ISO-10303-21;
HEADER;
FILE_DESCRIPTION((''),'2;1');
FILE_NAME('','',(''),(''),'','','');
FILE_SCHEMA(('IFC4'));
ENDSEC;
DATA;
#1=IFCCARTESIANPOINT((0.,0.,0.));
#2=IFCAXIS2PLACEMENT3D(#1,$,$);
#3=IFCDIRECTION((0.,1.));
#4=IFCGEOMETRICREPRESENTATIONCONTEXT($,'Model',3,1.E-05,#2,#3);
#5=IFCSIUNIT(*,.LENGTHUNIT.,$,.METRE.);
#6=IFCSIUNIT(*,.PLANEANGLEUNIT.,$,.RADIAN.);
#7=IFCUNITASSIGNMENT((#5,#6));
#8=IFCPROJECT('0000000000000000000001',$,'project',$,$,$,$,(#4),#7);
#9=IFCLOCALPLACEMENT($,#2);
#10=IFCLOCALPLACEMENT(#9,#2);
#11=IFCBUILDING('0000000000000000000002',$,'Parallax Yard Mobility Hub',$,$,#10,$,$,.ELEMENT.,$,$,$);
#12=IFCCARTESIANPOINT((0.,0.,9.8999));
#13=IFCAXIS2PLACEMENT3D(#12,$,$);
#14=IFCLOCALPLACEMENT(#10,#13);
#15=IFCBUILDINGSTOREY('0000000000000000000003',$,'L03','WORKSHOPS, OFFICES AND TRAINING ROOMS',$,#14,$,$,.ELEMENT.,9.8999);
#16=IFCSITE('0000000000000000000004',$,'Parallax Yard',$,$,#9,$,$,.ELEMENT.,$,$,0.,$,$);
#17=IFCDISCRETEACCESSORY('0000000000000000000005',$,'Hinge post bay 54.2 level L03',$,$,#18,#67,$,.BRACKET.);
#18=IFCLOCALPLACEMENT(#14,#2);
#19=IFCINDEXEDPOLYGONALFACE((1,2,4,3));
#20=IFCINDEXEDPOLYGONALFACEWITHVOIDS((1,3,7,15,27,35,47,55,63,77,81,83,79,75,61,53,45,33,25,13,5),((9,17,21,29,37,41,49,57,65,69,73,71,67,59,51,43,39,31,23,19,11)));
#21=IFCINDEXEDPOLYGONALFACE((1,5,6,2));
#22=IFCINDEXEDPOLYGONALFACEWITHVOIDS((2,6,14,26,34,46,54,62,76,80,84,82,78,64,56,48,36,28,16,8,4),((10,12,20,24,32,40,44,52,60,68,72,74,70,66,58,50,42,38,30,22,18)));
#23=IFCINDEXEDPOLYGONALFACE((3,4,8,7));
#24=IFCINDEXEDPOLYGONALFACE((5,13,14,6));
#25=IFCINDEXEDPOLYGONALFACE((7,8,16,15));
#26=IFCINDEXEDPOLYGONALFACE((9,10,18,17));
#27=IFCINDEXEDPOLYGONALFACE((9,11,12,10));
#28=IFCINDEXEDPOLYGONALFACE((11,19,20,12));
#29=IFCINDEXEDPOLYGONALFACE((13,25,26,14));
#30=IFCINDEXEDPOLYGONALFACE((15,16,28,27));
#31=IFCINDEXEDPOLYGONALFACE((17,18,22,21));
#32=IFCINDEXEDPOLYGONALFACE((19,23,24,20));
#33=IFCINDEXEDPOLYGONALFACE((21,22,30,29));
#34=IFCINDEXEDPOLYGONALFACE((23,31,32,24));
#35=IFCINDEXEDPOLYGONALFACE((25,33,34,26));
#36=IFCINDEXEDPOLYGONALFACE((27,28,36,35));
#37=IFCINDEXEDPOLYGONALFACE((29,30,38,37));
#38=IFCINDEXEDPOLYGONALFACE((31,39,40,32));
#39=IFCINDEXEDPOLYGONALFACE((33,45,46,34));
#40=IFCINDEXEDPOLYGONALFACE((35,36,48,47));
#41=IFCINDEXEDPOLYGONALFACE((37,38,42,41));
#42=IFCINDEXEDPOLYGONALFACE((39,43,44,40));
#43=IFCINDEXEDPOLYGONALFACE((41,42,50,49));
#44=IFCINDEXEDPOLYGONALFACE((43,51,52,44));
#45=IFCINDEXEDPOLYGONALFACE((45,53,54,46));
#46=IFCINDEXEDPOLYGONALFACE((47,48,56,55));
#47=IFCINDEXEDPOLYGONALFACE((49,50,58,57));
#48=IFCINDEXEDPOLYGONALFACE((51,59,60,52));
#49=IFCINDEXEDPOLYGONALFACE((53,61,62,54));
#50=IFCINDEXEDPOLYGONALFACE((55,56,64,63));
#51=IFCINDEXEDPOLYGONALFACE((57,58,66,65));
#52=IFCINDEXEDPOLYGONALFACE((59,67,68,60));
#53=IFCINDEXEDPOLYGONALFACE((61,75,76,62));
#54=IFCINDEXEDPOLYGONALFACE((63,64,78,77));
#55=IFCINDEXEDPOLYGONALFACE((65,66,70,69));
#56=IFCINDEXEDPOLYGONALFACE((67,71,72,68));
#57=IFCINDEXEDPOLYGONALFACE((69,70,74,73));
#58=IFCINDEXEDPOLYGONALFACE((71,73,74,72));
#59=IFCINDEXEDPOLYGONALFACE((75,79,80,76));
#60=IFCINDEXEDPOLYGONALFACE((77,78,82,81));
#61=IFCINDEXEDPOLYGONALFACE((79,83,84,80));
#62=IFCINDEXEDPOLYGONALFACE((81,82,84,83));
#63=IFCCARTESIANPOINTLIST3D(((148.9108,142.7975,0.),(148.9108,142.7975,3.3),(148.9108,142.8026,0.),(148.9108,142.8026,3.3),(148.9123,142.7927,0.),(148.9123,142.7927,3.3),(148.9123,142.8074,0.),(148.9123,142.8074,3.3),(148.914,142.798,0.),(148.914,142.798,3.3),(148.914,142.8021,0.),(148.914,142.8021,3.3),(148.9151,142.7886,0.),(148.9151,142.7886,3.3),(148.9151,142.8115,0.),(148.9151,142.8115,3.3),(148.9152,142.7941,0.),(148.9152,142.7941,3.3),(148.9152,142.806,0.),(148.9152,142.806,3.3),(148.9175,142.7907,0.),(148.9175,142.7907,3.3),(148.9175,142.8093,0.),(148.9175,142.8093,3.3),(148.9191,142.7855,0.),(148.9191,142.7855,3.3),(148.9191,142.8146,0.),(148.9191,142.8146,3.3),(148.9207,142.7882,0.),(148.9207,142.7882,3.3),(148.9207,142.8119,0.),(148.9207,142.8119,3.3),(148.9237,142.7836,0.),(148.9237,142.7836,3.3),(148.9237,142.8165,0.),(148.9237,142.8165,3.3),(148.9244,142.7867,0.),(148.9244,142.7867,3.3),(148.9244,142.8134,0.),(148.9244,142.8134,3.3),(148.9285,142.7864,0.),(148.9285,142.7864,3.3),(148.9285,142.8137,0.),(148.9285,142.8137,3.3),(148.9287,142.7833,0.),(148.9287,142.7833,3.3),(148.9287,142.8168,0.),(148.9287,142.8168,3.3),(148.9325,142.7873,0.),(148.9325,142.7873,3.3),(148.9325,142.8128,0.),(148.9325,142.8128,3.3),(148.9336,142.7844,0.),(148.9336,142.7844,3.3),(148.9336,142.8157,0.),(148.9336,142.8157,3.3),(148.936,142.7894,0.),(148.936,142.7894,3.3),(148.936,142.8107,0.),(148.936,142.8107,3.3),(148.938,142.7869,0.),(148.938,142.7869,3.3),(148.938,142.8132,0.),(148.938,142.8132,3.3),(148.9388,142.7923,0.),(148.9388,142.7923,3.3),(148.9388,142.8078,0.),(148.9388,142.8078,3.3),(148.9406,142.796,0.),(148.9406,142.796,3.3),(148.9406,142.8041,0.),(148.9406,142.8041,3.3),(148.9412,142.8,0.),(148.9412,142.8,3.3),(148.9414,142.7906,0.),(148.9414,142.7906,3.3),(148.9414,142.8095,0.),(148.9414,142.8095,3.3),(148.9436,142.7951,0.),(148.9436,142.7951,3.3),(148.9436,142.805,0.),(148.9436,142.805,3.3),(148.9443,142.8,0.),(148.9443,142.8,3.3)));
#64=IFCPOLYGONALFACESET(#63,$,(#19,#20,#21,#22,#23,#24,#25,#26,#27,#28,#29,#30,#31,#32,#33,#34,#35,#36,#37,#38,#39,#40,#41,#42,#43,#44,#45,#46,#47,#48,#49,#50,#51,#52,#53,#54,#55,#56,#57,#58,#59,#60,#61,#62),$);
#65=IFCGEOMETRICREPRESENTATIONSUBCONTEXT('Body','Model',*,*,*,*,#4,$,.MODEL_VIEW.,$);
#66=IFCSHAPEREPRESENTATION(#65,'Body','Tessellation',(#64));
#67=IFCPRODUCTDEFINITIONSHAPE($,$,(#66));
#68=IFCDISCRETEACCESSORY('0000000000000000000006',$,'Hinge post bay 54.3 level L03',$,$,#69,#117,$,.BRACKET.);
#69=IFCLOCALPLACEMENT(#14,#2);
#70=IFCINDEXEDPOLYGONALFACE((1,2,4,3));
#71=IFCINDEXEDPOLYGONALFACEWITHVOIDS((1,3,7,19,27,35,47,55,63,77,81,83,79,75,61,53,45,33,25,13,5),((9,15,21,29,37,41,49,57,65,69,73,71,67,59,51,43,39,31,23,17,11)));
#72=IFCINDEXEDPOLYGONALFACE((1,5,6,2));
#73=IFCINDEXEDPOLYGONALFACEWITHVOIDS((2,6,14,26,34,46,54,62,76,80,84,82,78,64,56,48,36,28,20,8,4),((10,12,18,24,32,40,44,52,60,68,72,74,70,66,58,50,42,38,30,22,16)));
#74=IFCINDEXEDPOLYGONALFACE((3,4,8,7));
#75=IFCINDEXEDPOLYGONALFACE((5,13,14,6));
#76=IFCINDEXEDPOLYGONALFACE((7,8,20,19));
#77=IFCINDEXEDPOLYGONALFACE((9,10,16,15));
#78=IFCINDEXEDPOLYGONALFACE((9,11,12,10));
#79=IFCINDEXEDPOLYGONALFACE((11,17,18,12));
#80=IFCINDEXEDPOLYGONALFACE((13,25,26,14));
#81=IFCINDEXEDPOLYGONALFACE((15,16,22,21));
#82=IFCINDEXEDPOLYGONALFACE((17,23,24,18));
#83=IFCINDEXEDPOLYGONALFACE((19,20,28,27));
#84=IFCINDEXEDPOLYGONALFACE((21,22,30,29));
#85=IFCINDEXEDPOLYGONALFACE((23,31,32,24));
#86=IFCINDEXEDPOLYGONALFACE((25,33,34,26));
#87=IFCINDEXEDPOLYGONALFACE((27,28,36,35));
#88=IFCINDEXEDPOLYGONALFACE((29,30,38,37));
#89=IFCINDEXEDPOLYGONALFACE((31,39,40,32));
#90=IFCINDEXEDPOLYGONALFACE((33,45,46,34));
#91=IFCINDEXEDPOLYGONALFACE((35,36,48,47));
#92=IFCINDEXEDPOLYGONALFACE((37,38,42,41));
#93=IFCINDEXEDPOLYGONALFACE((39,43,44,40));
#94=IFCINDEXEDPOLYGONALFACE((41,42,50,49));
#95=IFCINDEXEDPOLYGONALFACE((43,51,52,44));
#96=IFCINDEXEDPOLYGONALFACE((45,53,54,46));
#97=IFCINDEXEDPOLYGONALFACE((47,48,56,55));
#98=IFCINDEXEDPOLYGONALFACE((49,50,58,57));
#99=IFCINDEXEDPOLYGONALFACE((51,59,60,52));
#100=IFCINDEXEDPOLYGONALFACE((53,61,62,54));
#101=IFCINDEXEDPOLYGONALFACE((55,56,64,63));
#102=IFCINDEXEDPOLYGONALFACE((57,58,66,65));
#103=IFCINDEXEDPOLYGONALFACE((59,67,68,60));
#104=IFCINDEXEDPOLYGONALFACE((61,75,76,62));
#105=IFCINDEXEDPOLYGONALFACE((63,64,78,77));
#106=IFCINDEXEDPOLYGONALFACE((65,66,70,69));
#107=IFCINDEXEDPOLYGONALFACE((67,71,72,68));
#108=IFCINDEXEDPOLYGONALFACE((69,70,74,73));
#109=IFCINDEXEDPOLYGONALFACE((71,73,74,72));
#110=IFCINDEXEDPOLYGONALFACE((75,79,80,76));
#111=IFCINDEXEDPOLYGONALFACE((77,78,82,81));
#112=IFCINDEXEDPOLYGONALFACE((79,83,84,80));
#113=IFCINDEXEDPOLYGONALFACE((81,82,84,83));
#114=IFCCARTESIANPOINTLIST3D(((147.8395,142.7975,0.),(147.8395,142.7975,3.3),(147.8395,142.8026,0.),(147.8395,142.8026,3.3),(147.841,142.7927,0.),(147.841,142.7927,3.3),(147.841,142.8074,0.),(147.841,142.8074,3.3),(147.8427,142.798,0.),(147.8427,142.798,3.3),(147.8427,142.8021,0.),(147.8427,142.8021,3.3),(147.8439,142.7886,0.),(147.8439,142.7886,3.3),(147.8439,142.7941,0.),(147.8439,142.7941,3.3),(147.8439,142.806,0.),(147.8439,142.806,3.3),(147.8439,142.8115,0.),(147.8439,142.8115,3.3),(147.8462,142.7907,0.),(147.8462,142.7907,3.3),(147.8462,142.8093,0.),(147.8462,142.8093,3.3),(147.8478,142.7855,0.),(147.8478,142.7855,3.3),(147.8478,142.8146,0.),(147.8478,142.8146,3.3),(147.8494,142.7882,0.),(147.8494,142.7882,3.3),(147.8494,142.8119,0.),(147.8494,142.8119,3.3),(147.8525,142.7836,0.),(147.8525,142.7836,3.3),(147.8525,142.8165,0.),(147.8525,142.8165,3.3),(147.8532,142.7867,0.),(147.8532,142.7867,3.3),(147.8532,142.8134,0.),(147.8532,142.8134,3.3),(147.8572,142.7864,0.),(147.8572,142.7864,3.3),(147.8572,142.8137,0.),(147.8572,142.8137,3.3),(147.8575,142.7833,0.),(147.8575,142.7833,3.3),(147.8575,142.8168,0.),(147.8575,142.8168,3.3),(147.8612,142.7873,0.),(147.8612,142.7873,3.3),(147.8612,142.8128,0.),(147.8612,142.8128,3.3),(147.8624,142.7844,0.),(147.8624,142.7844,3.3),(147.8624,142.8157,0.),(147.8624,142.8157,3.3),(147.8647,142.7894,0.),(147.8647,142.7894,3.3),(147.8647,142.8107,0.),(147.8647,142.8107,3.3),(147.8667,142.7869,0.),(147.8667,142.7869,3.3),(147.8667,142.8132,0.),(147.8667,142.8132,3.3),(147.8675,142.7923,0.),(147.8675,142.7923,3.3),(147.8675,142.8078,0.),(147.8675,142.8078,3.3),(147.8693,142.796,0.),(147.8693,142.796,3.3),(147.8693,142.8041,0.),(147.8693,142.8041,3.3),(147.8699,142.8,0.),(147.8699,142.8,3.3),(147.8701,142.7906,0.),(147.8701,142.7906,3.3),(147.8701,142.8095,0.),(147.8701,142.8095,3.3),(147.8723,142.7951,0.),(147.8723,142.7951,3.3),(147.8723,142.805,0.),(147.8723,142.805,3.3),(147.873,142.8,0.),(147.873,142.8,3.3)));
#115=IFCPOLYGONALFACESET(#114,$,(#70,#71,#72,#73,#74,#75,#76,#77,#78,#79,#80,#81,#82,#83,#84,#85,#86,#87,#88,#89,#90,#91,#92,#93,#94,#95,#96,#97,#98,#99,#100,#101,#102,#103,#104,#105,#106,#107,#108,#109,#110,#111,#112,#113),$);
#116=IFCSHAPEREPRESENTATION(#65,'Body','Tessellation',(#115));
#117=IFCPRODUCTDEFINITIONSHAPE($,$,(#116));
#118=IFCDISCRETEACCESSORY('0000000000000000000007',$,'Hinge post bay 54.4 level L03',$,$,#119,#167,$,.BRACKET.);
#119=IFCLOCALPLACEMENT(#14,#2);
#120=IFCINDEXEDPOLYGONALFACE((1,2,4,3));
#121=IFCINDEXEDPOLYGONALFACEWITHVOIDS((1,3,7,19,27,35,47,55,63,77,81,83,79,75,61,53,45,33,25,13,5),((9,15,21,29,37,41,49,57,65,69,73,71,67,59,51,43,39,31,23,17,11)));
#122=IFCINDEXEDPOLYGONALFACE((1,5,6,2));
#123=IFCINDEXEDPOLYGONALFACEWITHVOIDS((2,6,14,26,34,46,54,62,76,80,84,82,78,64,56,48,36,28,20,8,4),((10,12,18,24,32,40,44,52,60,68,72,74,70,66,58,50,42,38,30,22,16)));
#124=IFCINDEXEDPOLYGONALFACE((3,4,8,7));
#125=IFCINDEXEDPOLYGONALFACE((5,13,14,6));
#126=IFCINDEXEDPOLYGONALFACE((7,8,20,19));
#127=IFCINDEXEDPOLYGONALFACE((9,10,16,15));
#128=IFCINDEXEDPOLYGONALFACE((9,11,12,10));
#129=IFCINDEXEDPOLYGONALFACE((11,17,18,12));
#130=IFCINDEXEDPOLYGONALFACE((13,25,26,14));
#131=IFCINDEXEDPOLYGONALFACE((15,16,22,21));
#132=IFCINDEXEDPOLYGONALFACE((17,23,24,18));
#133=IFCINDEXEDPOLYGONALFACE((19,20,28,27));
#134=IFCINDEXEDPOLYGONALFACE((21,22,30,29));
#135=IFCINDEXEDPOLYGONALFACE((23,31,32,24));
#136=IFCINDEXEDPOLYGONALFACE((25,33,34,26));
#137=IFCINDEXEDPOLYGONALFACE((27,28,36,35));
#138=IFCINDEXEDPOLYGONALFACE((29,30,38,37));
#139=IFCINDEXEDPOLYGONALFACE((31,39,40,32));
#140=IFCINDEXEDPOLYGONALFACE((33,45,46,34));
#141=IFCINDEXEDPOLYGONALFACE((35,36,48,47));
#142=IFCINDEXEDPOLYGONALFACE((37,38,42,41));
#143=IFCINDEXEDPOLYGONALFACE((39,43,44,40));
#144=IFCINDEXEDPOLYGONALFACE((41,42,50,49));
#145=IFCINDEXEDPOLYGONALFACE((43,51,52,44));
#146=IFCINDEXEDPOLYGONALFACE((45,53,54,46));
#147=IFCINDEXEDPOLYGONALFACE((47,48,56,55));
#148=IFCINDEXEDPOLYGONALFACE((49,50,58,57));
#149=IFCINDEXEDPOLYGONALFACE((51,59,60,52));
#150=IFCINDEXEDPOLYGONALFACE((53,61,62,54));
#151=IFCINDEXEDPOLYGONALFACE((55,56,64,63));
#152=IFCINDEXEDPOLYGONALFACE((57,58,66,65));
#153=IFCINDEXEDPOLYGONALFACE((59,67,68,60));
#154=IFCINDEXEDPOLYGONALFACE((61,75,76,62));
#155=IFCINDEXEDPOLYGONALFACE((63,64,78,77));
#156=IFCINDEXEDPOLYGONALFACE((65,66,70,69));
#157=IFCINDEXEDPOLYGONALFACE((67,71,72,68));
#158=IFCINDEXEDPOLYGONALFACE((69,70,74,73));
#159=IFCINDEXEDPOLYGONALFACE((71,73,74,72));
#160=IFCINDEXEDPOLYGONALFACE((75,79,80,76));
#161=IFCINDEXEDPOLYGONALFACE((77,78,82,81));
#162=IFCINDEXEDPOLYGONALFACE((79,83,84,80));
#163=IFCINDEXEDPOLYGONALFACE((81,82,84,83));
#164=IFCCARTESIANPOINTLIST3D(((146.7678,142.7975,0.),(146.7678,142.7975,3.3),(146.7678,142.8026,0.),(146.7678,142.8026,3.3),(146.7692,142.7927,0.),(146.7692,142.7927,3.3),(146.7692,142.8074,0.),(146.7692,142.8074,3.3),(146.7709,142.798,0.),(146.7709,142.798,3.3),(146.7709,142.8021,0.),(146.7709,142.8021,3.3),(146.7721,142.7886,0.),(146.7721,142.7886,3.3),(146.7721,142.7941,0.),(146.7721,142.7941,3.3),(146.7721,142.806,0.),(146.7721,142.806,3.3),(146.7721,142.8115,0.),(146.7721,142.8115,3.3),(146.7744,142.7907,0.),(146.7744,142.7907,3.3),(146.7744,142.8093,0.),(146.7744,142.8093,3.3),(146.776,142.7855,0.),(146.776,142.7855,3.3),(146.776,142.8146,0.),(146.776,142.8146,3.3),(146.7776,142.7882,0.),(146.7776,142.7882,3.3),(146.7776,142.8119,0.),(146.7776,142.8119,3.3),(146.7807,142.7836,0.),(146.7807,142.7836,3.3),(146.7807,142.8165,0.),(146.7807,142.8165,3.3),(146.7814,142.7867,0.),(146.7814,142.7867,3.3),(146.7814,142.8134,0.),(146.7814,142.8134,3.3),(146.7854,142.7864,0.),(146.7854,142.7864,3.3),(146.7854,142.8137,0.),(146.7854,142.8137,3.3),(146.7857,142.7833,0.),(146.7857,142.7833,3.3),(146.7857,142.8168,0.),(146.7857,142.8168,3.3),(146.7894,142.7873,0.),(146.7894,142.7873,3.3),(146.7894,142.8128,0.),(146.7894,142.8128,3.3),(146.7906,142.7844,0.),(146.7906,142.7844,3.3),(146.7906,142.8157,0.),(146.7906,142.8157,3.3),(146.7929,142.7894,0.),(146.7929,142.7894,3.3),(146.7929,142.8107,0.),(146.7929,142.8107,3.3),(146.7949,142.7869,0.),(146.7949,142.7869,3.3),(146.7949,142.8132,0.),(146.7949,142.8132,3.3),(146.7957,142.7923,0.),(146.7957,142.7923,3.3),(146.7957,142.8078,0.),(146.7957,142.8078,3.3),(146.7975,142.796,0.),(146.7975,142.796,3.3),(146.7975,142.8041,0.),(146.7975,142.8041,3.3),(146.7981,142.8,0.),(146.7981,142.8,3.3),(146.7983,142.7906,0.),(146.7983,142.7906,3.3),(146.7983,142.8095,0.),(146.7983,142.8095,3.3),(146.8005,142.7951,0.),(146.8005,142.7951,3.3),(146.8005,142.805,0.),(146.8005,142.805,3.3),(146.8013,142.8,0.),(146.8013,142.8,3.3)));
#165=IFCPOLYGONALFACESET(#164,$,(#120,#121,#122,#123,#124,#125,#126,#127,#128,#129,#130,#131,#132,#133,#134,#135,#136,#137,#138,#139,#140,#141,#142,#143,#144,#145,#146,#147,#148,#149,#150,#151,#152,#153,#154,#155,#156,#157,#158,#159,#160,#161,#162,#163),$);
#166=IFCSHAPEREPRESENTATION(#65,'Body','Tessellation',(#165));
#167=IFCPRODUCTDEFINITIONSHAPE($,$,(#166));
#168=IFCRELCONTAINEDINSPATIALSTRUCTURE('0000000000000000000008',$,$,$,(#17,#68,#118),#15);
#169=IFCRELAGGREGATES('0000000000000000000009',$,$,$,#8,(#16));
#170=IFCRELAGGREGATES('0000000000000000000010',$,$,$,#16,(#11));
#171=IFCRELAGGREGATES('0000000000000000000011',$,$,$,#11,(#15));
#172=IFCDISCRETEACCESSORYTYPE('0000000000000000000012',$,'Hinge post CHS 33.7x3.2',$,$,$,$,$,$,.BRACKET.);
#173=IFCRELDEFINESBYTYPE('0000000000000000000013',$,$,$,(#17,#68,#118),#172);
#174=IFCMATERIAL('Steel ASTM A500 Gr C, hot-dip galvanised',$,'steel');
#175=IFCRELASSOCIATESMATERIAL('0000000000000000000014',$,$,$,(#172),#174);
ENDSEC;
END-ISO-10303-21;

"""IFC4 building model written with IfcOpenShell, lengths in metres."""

from ifc_helpers import new_model, si_unit, direction, frame, origin, origin_2d, place, context, subcontext, project, spatial, hollow_circle, extrude, material, material_profile, profile_set, type_object, element, save


model = new_model("IFC4")

# Units and contexts
model_context = context("Model", 3, precision=1e-05, world=origin(), true_north=direction((0.0, 1.0)))
body_context = subcontext(model_context, "Body", "Model", "MODEL_VIEW")
ifc_project = project(units=[si_unit("LENGTHUNIT", "METRE"), si_unit("PLANEANGLEUNIT", "RADIAN")], contexts=[model_context])

# Site, building, storey
site_placement = place(None, origin())
site = spatial("IfcSite", under=ifc_project, at=site_placement, Name="Parallax Yard", CompositionType="ELEMENT", RefElevation=0.0)
building_placement = place(site_placement, origin())
building = spatial("IfcBuilding", under=site, at=building_placement, Name="Parallax Yard Mobility Hub", CompositionType="ELEMENT")
storey_placement = place(building_placement, frame((0.0, 0.0, 9.8999)))
storey = spatial("IfcBuildingStorey", under=building, at=storey_placement, Name="L03", Description="WORKSHOPS, OFFICES AND TRAINING ROOMS", CompositionType="ELEMENT", Elevation=9.8999)

# Discrete accessories
ifc_material_1 = material(Name="Steel ASTM A500 Gr C, hot-dip galvanised", Category="steel")
ifc_material_profile = material_profile(ifc_material_1, hollow_circle(Radius=0.0168, WallThickness=0.0032, at=origin_2d()), Name="CHS 33.7x3.2")
ifc_profile_set = profile_set([ifc_material_profile], Name="Steel ASTM A500 Gr C, hot-dip galvanised")
discrete_accessory_type_1 = type_object("IfcDiscreteAccessoryType", Name="Hinge post CHS 33.7x3.2", PredefinedType="BRACKET", material=ifc_profile_set)
for number, where, z_axis, x_axis, name in (
    (1, (148.9275, 142.8, 0.0), (0.0, 0.0, 1.0), (1.0, 0.0, 0.0), "Hinge post bay 54.2 level L03"),
    (2, (147.8562, 142.8, 0.0), (0.0, 0.0, 1.0), (1.0, 0.0, 0.0), "Hinge post bay 54.3 level L03"),
    (3, (146.7844, 142.8, 0.0), (0.0, 0.0, 1.0), (1.0, 0.0, 0.0), "Hinge post bay 54.4 level L03"),
):
    element("IfcDiscreteAccessory", number, at=place(storey_placement, frame(where, z_axis=z_axis, x_axis=x_axis)), inside=storey, type_object=discrete_accessory_type_1, Name=name, PredefinedType="BRACKET", context=body_context, shape_type="SweptSolid", body=[
        extrude(hollow_circle(Radius=0.0168, WallThickness=0.0032, at=origin_2d()), origin(), (0.0, 0.0, 1.0), 3.3),
    ])

save(model, "model.ifc")
